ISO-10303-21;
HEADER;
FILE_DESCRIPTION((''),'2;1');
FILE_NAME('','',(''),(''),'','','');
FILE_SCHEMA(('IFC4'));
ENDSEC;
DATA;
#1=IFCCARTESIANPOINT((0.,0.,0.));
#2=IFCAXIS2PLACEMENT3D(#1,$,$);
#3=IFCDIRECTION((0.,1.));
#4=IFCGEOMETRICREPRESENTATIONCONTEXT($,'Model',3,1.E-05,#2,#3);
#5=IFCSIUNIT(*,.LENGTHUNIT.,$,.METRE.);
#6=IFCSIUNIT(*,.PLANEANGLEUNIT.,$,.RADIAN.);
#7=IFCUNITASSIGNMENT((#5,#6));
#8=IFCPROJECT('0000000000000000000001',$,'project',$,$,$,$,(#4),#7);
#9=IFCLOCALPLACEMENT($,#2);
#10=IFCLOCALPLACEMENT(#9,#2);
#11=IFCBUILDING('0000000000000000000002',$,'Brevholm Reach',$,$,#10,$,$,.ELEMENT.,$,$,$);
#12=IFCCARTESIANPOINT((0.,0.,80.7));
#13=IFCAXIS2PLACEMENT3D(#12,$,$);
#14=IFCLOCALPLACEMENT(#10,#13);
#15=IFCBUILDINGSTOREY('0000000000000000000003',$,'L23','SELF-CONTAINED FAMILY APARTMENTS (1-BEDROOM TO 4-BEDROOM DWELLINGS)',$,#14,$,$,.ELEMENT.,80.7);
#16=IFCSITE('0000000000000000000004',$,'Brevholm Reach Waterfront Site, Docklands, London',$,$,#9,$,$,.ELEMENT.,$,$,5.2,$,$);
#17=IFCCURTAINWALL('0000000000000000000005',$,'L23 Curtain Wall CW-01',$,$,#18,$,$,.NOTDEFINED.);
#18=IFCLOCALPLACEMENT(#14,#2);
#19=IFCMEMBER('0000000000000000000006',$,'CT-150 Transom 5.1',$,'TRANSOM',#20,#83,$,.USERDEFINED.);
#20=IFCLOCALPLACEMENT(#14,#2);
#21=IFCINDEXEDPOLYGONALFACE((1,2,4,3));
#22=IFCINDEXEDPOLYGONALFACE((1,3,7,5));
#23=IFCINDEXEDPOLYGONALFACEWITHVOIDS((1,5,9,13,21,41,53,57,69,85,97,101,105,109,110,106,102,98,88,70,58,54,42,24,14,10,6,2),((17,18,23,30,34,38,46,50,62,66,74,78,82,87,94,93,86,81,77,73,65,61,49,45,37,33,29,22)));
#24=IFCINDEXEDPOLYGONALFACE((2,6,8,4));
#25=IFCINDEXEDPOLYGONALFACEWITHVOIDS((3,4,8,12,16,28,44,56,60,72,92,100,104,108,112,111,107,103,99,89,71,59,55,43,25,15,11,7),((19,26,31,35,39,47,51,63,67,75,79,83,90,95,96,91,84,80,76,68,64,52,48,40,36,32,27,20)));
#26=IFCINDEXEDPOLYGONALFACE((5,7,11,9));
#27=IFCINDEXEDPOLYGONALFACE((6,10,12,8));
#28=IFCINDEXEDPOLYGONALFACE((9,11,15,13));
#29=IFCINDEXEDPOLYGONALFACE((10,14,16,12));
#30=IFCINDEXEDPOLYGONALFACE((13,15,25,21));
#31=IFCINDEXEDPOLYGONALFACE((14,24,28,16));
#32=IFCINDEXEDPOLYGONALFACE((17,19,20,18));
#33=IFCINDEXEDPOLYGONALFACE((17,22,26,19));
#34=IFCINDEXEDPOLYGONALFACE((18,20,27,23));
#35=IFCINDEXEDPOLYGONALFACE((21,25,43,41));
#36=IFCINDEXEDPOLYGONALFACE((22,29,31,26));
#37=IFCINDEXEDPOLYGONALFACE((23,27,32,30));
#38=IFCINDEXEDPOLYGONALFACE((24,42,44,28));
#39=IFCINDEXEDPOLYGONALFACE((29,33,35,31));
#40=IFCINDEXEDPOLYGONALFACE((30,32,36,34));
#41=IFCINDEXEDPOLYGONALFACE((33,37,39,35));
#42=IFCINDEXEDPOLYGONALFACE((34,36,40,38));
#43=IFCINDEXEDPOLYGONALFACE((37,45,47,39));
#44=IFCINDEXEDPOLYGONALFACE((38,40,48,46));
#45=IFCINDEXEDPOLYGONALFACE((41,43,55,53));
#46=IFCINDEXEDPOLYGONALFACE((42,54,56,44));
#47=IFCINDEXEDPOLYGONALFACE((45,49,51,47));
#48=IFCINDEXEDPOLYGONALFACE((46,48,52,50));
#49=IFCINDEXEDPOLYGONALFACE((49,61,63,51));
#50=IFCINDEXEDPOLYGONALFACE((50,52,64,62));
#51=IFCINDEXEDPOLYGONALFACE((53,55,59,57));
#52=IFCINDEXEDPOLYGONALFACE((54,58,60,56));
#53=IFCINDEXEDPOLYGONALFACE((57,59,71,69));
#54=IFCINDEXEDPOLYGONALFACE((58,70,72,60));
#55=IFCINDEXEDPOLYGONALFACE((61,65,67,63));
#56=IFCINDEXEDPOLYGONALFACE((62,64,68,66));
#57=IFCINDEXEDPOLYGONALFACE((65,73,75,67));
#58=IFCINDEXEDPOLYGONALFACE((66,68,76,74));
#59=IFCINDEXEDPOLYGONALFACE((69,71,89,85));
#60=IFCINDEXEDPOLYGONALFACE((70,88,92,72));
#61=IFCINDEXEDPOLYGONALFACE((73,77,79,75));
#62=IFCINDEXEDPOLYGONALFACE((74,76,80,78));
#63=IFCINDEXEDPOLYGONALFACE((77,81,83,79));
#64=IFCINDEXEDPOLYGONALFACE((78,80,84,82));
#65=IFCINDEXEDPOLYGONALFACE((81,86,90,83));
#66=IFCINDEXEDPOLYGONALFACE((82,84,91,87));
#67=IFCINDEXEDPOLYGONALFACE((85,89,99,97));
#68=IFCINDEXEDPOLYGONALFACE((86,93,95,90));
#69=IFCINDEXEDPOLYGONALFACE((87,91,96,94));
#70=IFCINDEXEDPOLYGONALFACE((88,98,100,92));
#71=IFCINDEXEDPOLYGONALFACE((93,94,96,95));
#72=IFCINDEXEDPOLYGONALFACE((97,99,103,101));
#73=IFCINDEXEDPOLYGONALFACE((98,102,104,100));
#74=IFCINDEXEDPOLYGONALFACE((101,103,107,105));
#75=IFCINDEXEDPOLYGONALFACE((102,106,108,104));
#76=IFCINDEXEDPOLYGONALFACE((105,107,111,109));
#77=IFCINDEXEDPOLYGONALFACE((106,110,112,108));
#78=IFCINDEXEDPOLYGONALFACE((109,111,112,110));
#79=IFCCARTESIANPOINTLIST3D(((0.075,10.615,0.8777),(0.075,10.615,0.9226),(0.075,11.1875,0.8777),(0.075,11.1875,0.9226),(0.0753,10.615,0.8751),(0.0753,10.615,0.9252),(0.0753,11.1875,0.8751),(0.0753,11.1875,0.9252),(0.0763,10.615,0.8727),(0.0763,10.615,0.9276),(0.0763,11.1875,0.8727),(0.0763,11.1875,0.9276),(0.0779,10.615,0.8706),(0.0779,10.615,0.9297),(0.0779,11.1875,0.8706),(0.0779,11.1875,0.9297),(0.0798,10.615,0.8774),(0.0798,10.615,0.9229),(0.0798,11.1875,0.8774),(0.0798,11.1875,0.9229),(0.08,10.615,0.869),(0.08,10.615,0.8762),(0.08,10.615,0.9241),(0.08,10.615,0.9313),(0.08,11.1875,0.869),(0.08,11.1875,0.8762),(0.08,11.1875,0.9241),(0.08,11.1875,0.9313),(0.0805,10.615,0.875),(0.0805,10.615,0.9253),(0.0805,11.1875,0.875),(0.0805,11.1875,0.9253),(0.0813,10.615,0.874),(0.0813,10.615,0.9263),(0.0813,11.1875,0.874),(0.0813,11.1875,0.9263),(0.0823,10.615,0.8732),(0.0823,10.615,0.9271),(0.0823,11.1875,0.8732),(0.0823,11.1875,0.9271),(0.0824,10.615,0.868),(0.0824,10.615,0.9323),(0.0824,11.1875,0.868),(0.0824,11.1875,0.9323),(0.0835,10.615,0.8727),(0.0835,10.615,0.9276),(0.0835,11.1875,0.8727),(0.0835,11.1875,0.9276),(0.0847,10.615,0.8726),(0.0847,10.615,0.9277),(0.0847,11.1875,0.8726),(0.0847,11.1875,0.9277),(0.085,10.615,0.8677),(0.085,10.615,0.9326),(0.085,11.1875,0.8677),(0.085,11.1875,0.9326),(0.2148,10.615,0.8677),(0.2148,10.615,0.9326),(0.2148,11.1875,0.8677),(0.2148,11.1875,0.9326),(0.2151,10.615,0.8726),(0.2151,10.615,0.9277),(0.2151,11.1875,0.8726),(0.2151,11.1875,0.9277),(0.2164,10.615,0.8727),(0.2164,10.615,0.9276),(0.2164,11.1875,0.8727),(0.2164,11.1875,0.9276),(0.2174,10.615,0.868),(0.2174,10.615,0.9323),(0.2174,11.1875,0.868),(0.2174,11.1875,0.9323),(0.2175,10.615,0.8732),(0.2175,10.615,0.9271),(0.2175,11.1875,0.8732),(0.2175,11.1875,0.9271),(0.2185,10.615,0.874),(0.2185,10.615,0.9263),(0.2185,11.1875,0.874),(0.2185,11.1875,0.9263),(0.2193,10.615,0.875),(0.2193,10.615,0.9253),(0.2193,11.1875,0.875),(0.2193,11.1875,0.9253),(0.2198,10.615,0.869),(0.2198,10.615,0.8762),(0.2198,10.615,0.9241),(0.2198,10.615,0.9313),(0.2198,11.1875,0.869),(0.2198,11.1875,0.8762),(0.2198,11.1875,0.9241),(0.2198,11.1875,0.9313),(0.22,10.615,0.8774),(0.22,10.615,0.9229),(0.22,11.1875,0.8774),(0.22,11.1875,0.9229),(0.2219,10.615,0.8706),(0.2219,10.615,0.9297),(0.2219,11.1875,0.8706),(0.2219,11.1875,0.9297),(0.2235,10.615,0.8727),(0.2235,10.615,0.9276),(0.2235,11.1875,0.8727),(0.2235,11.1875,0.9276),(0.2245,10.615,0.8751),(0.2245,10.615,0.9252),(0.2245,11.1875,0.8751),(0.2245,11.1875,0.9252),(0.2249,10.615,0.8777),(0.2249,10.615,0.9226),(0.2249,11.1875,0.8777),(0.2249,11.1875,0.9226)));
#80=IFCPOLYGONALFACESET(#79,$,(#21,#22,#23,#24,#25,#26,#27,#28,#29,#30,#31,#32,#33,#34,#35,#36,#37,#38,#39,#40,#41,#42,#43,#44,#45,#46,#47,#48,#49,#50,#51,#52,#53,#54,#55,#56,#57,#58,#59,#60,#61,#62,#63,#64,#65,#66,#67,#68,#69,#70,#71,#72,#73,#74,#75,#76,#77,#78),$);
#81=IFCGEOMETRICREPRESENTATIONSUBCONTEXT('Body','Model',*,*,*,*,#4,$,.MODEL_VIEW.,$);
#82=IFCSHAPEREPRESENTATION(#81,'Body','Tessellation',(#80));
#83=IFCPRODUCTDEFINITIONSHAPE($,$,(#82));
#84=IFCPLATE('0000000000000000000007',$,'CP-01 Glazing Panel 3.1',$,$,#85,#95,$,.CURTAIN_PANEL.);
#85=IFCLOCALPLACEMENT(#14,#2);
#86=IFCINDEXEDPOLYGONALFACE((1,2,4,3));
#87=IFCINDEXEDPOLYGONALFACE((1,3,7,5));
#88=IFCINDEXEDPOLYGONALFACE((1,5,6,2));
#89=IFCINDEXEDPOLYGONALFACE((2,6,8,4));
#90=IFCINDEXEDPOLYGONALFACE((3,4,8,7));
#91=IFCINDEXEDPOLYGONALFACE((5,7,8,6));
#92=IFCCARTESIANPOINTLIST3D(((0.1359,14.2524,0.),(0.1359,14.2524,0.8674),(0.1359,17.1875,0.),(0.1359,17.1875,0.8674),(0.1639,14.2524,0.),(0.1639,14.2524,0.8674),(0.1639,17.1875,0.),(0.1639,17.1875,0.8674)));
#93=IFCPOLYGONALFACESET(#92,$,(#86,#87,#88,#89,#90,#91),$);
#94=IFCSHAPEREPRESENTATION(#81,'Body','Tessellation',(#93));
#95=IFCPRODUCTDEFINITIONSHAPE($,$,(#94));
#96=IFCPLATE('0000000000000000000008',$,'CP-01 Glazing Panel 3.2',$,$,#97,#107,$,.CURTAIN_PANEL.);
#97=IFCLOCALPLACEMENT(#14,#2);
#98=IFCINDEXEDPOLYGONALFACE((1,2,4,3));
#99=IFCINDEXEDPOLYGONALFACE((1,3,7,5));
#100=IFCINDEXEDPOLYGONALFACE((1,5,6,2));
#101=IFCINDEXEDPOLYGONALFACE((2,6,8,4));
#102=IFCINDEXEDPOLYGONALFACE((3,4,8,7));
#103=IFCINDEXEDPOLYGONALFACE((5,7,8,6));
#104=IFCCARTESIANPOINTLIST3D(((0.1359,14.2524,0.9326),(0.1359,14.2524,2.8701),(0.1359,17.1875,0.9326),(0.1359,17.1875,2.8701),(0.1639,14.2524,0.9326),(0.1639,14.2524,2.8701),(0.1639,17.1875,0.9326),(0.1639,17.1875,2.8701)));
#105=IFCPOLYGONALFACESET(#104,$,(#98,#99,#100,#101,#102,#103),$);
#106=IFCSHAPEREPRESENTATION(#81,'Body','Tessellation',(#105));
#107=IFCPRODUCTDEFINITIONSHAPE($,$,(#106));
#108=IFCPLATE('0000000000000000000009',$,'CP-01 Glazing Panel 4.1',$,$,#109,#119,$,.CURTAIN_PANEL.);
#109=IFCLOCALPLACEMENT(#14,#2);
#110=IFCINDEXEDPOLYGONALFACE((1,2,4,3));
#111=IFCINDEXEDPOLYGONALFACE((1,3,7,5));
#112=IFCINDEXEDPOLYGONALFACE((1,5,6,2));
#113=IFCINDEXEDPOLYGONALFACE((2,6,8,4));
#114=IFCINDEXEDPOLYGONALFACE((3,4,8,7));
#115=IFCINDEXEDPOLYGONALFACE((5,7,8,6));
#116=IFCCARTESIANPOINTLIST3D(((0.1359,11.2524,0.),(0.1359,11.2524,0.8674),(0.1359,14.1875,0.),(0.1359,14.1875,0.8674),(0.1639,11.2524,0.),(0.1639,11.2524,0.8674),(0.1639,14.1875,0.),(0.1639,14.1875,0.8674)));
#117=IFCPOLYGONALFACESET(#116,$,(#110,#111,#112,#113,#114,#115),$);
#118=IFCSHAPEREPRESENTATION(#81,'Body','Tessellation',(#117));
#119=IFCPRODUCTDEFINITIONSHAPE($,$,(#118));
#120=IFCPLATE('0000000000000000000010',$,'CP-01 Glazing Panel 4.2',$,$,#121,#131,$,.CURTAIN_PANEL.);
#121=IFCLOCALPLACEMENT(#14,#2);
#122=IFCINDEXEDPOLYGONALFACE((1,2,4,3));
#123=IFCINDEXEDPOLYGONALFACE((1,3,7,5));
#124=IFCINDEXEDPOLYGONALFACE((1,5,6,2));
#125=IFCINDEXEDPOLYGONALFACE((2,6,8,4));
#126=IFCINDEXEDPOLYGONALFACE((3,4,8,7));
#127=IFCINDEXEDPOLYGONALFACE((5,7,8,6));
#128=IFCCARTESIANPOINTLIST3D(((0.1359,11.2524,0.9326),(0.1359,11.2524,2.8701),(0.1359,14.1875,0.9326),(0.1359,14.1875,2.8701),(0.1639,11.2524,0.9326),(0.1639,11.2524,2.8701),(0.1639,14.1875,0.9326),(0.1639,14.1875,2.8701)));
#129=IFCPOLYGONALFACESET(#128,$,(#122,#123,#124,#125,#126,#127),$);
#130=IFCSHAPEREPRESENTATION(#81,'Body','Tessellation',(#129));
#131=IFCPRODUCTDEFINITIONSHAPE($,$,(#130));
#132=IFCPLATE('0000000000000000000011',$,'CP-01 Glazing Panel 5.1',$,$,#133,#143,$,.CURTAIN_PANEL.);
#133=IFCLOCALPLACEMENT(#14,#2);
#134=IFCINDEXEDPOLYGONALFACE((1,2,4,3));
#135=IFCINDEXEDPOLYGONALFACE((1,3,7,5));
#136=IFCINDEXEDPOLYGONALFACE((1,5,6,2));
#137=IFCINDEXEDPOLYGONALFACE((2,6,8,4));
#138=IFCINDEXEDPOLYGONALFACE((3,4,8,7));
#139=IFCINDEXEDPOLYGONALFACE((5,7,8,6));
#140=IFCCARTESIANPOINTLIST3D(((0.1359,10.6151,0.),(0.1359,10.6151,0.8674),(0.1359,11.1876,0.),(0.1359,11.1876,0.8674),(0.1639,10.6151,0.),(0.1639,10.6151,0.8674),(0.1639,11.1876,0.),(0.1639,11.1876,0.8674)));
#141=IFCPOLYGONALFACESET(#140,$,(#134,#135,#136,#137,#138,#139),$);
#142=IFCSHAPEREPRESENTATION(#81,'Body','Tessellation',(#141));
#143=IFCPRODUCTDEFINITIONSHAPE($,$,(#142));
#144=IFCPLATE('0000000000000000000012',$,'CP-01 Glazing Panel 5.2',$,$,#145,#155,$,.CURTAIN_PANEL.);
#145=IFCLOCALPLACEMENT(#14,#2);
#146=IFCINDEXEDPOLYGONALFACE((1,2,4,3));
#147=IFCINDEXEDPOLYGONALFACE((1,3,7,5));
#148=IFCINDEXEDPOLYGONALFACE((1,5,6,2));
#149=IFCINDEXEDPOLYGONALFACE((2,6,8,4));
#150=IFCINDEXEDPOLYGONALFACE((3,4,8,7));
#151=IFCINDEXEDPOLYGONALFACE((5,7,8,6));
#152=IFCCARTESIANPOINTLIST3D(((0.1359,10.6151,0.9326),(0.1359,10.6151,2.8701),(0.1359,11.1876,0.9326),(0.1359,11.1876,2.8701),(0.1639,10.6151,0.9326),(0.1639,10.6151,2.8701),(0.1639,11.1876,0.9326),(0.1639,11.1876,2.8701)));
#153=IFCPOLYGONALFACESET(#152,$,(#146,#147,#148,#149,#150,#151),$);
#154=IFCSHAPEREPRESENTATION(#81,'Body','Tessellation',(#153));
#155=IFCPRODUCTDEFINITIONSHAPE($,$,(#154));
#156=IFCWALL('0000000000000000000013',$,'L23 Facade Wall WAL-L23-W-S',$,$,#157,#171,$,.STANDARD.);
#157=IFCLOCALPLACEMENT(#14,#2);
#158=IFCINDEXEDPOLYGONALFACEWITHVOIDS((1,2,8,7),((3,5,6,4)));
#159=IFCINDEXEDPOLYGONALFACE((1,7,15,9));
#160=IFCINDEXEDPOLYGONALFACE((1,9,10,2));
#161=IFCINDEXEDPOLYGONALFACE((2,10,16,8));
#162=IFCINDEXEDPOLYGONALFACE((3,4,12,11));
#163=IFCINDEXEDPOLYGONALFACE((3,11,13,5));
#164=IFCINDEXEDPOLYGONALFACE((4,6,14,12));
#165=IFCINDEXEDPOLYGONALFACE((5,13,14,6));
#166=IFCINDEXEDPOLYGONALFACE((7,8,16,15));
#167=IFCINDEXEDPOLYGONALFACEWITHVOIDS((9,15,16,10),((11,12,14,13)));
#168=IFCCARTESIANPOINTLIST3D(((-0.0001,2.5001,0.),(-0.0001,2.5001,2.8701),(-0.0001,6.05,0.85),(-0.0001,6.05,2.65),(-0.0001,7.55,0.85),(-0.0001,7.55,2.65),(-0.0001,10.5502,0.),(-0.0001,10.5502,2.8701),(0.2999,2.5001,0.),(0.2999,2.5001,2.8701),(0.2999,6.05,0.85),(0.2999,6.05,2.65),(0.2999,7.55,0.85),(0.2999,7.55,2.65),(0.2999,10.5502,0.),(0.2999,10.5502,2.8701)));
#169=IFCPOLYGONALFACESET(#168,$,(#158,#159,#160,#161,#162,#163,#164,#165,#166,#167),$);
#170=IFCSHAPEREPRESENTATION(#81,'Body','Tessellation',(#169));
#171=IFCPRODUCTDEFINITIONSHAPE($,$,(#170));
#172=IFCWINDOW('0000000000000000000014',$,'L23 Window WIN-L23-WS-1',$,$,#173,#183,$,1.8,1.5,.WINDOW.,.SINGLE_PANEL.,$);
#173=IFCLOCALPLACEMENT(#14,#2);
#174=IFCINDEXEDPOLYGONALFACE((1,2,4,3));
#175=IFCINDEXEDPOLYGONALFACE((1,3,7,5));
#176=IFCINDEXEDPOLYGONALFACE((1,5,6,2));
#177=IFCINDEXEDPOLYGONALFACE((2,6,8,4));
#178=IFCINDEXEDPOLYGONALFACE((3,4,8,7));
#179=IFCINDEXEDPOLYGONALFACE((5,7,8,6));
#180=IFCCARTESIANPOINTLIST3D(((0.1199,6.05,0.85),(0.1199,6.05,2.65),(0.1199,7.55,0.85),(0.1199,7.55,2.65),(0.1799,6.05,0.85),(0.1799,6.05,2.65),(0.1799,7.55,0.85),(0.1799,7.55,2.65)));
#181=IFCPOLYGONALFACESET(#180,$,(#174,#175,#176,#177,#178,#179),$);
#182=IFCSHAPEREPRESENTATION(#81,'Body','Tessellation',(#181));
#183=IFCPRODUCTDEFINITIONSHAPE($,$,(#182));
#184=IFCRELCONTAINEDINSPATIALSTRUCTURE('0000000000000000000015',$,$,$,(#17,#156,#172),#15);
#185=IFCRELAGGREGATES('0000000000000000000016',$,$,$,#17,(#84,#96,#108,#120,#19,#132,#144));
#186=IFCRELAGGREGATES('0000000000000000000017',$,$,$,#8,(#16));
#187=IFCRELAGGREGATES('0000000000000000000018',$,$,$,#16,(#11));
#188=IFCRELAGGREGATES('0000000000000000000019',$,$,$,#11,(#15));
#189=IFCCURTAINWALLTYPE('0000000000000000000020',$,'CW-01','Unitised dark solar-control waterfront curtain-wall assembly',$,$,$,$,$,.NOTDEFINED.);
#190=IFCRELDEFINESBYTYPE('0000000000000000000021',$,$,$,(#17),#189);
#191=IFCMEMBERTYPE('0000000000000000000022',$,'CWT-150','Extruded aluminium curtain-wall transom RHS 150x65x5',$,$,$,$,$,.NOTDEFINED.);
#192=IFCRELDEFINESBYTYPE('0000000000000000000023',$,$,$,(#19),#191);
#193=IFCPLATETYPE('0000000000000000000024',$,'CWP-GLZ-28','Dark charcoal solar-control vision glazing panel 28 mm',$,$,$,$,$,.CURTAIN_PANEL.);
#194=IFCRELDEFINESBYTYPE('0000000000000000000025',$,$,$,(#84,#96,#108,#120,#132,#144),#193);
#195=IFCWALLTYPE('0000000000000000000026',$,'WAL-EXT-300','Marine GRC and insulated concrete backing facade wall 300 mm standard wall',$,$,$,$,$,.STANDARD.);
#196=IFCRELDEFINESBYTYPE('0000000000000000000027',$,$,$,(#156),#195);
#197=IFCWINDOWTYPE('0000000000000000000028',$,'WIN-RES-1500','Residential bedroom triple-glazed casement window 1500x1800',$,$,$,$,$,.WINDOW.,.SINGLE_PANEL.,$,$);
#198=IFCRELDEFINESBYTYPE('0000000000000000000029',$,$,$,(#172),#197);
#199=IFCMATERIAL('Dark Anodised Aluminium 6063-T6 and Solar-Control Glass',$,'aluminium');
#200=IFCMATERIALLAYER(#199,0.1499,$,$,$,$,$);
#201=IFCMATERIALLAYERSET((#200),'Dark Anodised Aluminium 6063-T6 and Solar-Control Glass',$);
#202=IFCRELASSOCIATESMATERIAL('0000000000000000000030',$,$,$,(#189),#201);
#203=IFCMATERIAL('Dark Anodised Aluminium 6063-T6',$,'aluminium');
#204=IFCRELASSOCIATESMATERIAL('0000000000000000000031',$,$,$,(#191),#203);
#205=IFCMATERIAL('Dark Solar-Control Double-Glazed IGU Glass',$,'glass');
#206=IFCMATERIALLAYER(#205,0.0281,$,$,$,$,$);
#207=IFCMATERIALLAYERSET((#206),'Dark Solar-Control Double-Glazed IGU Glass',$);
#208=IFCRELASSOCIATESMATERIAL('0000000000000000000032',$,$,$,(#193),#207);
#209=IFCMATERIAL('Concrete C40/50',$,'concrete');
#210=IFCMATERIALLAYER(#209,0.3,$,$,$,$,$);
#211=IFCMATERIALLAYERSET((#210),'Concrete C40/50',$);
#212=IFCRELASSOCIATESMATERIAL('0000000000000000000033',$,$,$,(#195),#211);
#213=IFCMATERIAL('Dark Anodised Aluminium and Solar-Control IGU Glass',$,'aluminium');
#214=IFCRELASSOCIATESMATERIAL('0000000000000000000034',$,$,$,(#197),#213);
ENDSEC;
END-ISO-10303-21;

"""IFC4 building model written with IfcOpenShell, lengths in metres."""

from ifc_helpers import new_model, si_unit, direction, frame, frame_2d, origin, origin_2d, place, context, subcontext, project, spatial, rectangle, hollow_rectangle, extrude, material, layer, layer_set, material_profile, profile_set, type_object, element, fill, aggregate, save


model = new_model("IFC4")

# Units and contexts
model_context = context("Model", 3, precision=1e-05, world=origin(), true_north=direction((0.0, 1.0)))
body_context = subcontext(model_context, "Body", "Model", "MODEL_VIEW")
ifc_project = project(units=[si_unit("LENGTHUNIT", "METRE"), si_unit("PLANEANGLEUNIT", "RADIAN")], contexts=[model_context])

# Site, building, storey
site_placement = place(None, origin())
site = spatial("IfcSite", under=ifc_project, at=site_placement, Name="Brevholm Reach Waterfront Site, Docklands, London", CompositionType="ELEMENT", RefElevation=5.2)
building_placement = place(site_placement, origin())
building = spatial("IfcBuilding", under=site, at=building_placement, Name="Brevholm Reach", CompositionType="ELEMENT")
storey_placement = place(building_placement, frame((0.0, 0.0, 80.7)))
storey = spatial("IfcBuildingStorey", under=building, at=storey_placement, Name="L23", Description="SELF-CONTAINED FAMILY APARTMENTS (1-BEDROOM TO 4-BEDROOM DWELLINGS)", CompositionType="ELEMENT", Elevation=80.7)

# Curtain wall, member, plates
ifc_material_1 = material(Name="Dark Anodised Aluminium 6063-T6 and Solar-Control Glass", Category="aluminium")
ifc_layer_1 = layer(ifc_material_1, 0.1499)
ifc_layer_set_1 = layer_set([ifc_layer_1], Name="Dark Anodised Aluminium 6063-T6 and Solar-Control Glass")
curtain_wall_type = type_object("IfcCurtainWallType", Name="CW-01", Description="Unitised dark solar-control waterfront curtain-wall assembly", PredefinedType="NOTDEFINED", material=ifc_layer_set_1)
curtain_wall_placement = place(storey_placement, origin())
curtain_wall = element("IfcCurtainWall", 1, at=curtain_wall_placement, inside=storey, type_object=curtain_wall_type, Name="L23 Curtain Wall CW-01", PredefinedType="NOTDEFINED")
ifc_material_2 = material(Name="Dark Anodised Aluminium 6063-T6", Category="aluminium")
ifc_material_profile_1 = material_profile(ifc_material_2, hollow_rectangle(XDim=0.0649, YDim=0.1499, WallThickness=0.0049, InnerFilletRadius=0.0049, OuterFilletRadius=0.01, at=origin_2d()), Name="RHS 150x65x5")
ifc_profile_set_1 = profile_set([ifc_material_profile_1], Name="Dark Anodised Aluminium 6063-T6")
member_type_1 = type_object("IfcMemberType", Name="CWT-150", Description="Extruded aluminium curtain-wall transom RHS 150x65x5", PredefinedType="NOTDEFINED", material=ifc_profile_set_1)
member_1_placement = place(storey_placement, frame((0.1499, 11.1875, 0.9001), z_axis=(0.0, -1.0, 0.0), x_axis=(0.0, 0.0, 1.0)))
member_1 = element("IfcMember", 2, at=member_1_placement, type_object=member_type_1, Name="CT-150 Transom 5.1", ObjectType="TRANSOM", PredefinedType="USERDEFINED", context=body_context, shape_type="SweptSolid", body=[
    extrude(hollow_rectangle(XDim=0.0649, YDim=0.1499, WallThickness=0.0049, InnerFilletRadius=0.0049, OuterFilletRadius=0.01, at=origin_2d()), origin(), (0.0, 0.0, 1.0), 0.5725),
])
ifc_material_3 = material(Name="Dark Solar-Control Double-Glazed IGU Glass", Category="glass")
ifc_layer_2 = layer(ifc_material_3, 0.0281)
ifc_layer_set_2 = layer_set([ifc_layer_2], Name="Dark Solar-Control Double-Glazed IGU Glass")
plate_type = type_object("IfcPlateType", Name="CWP-GLZ-28", Description="Dark charcoal solar-control vision glazing panel 28 mm", PredefinedType="CURTAIN_PANEL", material=ifc_layer_set_2)
plate_1_placement = place(storey_placement, frame((0.1499, 15.72, 0.0), z_axis=(0.0, 0.0, 1.0), x_axis=(0.0, -1.0, 0.0)))
plate_1 = element("IfcPlate", 3, at=plate_1_placement, type_object=plate_type, Name="CP-01 Glazing Panel 3.1", PredefinedType="CURTAIN_PANEL", context=body_context, shape_type="SweptSolid", body=[
    extrude(rectangle(XDim=2.9351, YDim=0.0281, at=origin_2d()), origin(), (0.0, 0.0, 1.0), 0.8674),
])
plate_2_placement = place(storey_placement, frame((0.1499, 15.72, 0.9326), z_axis=(0.0, 0.0, 1.0), x_axis=(0.0, -1.0, 0.0)))
plate_2 = element("IfcPlate", 4, at=plate_2_placement, type_object=plate_type, Name="CP-01 Glazing Panel 3.2", PredefinedType="CURTAIN_PANEL", context=body_context, shape_type="SweptSolid", body=[
    extrude(rectangle(XDim=2.9351, YDim=0.0281, at=origin_2d()), origin(), (0.0, 0.0, 1.0), 1.9375),
])
plate_3_placement = place(storey_placement, frame((0.1499, 12.72, 0.0), z_axis=(0.0, 0.0, 1.0), x_axis=(0.0, -1.0, 0.0)))
plate_3 = element("IfcPlate", 5, at=plate_3_placement, type_object=plate_type, Name="CP-01 Glazing Panel 4.1", PredefinedType="CURTAIN_PANEL", context=body_context, shape_type="SweptSolid", body=[
    extrude(rectangle(XDim=2.9351, YDim=0.0281, at=origin_2d()), origin(), (0.0, 0.0, 1.0), 0.8674),
])
plate_4_placement = place(storey_placement, frame((0.1499, 12.72, 0.9326), z_axis=(0.0, 0.0, 1.0), x_axis=(0.0, -1.0, 0.0)))
plate_4 = element("IfcPlate", 6, at=plate_4_placement, type_object=plate_type, Name="CP-01 Glazing Panel 4.2", PredefinedType="CURTAIN_PANEL", context=body_context, shape_type="SweptSolid", body=[
    extrude(rectangle(XDim=2.9351, YDim=0.0281, at=origin_2d()), origin(), (0.0, 0.0, 1.0), 1.9375),
])
plate_5_placement = place(storey_placement, frame((0.1499, 10.9014, 0.0), z_axis=(0.0, 0.0, 1.0), x_axis=(0.0, -1.0, 0.0)))
plate_5 = element("IfcPlate", 7, at=plate_5_placement, type_object=plate_type, Name="CP-01 Glazing Panel 5.1", PredefinedType="CURTAIN_PANEL", context=body_context, shape_type="SweptSolid", body=[
    extrude(rectangle(XDim=0.5725, YDim=0.0281, at=origin_2d()), origin(), (0.0, 0.0, 1.0), 0.8674),
])
plate_6_placement = place(storey_placement, frame((0.1499, 10.9014, 0.9326), z_axis=(0.0, 0.0, 1.0), x_axis=(0.0, -1.0, 0.0)))
plate_6 = element("IfcPlate", 8, at=plate_6_placement, type_object=plate_type, Name="CP-01 Glazing Panel 5.2", PredefinedType="CURTAIN_PANEL", context=body_context, shape_type="SweptSolid", body=[
    extrude(rectangle(XDim=0.5725, YDim=0.0281, at=origin_2d()), origin(), (0.0, 0.0, 1.0), 1.9375),
])
aggregate(curtain_wall, [plate_1, plate_2, plate_3, plate_4, member_1, plate_5, plate_6])

# Wall, opening, window
ifc_material_4 = material(Name="Concrete C40/50", Category="concrete")
ifc_layer_3 = layer(ifc_material_4, 0.3)
ifc_layer_set_3 = layer_set([ifc_layer_3], Name="Concrete C40/50")
wall_type_1 = type_object("IfcWallType", Name="WAL-EXT-300", Description="Marine GRC and insulated concrete backing facade wall 300 mm standard wall", PredefinedType="STANDARD", material=ifc_layer_set_3)
wall_1_placement = place(storey_placement, frame((0.1499, 10.55, 0.0), z_axis=(0.0, 0.0, 1.0), x_axis=(0.0, -1.0, 0.0)))
wall_1 = element("IfcWall", 9, at=wall_1_placement, inside=storey, type_object=wall_type_1, Name="L23 Facade Wall WAL-L23-W-S", PredefinedType="STANDARD", context=body_context, shape_type="SweptSolid", body=[
    extrude(rectangle(XDim=8.05, YDim=0.3, at=frame_2d((4.0249, 0.0))), origin(), (0.0, 0.0, 1.0), 2.8701),
])
opening_placement = place(wall_1_placement, frame((3.0, 0.0, 0.8501)))
opening = element("IfcOpeningElement", 10, at=opening_placement, cuts=wall_1, PredefinedType="OPENING", context=body_context, shape_type="SweptSolid", body=[
    extrude(rectangle(XDim=1.5, YDim=1.8, at=frame_2d((0.75, 0.8999))), frame((0.0, 0.1599, 0.0), z_axis=(0.0, -1.0, 0.0), x_axis=(1.0, 0.0, 0.0)), (0.0, 0.0, 1.0), 0.3201),
])
ifc_material_5 = material(Name="Dark Anodised Aluminium and Solar-Control IGU Glass", Category="aluminium")
window_type = type_object("IfcWindowType", Name="WIN-RES-1500", Description="Residential bedroom triple-glazed casement window 1500x1800", PartitioningType="SINGLE_PANEL", PredefinedType="WINDOW", material=ifc_material_5)
window_placement = place(opening_placement, origin())
window = element("IfcWindow", 11, at=window_placement, inside=storey, type_object=window_type, Name="L23 Window WIN-L23-WS-1", OverallHeight=1.8, OverallWidth=1.5, PartitioningType="SINGLE_PANEL", PredefinedType="WINDOW", context=body_context, shape_type="SweptSolid", body=[
    extrude(rectangle(XDim=1.5, YDim=1.8, at=frame_2d((0.75, 0.8999))), frame((0.0, 0.03, 0.0), z_axis=(0.0, -1.0, 0.0), x_axis=(1.0, 0.0, 0.0)), (0.0, 0.0, 1.0), 0.0601),
])
fill(opening, window)

save(model, "model.ifc")
